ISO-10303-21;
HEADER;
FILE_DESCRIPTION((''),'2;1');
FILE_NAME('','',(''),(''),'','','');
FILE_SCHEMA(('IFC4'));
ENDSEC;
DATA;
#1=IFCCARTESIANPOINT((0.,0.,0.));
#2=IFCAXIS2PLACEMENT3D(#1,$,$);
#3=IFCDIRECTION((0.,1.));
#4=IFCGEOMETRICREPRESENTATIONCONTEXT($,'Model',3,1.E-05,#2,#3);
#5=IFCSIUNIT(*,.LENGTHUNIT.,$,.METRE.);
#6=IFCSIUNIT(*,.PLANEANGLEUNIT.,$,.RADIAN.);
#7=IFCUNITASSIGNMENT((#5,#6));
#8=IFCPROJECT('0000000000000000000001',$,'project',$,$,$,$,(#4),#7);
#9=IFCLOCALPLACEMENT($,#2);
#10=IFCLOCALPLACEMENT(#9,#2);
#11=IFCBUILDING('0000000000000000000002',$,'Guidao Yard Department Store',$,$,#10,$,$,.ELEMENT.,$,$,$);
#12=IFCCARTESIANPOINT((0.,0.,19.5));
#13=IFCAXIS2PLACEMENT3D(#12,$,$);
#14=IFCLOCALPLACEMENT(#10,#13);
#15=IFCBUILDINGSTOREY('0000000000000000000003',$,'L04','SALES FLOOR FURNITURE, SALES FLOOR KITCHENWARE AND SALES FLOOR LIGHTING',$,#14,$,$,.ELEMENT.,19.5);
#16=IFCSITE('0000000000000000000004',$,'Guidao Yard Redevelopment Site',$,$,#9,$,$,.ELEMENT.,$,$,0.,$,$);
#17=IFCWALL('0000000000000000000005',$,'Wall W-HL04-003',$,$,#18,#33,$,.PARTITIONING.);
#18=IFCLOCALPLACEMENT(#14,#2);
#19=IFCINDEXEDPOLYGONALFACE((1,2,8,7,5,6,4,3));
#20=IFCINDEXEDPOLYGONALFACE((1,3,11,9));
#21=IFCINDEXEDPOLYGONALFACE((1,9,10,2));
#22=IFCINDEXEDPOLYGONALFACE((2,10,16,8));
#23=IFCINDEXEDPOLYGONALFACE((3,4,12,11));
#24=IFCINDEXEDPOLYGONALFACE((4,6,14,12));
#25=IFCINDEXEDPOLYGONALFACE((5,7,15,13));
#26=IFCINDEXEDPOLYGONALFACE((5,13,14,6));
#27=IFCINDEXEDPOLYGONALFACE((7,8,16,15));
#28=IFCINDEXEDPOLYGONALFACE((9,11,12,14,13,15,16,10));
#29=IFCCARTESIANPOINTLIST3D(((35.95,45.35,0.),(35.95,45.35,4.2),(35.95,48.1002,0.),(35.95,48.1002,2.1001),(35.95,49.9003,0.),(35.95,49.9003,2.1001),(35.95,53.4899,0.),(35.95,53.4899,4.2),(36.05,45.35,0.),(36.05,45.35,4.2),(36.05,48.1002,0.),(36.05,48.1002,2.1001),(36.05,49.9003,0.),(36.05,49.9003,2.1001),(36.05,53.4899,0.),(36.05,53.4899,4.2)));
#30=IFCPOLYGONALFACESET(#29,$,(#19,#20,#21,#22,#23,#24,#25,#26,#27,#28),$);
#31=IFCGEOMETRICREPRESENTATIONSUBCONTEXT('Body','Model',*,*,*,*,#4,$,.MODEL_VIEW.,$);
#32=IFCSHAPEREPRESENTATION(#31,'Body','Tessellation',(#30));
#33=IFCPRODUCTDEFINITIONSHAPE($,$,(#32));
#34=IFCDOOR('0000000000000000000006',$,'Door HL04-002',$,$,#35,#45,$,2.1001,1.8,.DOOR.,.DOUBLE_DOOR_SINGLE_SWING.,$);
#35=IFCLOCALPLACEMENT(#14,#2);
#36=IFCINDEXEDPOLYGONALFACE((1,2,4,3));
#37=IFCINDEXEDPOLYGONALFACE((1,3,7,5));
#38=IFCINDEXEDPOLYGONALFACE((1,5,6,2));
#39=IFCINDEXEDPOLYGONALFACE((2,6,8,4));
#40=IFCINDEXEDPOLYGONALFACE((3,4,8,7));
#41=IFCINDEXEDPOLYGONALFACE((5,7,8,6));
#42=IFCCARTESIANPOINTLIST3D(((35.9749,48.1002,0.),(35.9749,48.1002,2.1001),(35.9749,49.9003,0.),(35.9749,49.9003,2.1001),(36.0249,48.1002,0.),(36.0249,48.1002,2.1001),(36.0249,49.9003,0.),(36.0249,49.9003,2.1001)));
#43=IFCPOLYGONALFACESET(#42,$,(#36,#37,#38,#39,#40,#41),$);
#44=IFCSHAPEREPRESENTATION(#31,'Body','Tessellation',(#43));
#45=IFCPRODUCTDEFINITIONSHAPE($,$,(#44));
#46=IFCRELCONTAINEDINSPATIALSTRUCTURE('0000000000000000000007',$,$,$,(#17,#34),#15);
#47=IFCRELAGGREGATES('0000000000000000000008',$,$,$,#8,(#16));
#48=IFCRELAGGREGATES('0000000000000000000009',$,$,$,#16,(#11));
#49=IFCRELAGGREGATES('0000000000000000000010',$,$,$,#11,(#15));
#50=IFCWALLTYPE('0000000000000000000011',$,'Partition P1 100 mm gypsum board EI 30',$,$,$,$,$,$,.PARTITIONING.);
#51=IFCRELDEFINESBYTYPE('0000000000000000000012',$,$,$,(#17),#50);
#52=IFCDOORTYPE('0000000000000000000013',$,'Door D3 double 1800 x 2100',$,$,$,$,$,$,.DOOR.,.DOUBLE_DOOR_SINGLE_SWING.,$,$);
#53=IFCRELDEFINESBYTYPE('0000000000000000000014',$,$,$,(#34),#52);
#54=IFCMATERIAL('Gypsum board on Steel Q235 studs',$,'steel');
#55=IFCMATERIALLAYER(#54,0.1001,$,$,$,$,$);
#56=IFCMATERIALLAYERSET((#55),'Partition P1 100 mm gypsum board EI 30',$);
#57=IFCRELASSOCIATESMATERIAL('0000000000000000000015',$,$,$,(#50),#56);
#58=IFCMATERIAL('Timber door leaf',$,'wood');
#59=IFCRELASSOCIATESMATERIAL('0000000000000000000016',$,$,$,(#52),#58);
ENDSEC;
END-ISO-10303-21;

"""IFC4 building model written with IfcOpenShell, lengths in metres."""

from ifc_helpers import new_model, si_unit, direction, frame, frame_2d, origin, place, context, subcontext, project, spatial, rectangle, extrude, material, layer, layer_set, type_object, element, fill, save


model = new_model("IFC4")

# Units and contexts
model_context = context("Model", 3, precision=1e-05, world=origin(), true_north=direction((0.0, 1.0)))
body_context = subcontext(model_context, "Body", "Model", "MODEL_VIEW")
ifc_project = project(units=[si_unit("LENGTHUNIT", "METRE"), si_unit("PLANEANGLEUNIT", "RADIAN")], contexts=[model_context])

# Site, building, storey
site_placement = place(None, origin())
site = spatial("IfcSite", under=ifc_project, at=site_placement, Name="Guidao Yard Redevelopment Site", CompositionType="ELEMENT", RefElevation=0.0)
building_placement = place(site_placement, origin())
building = spatial("IfcBuilding", under=site, at=building_placement, Name="Guidao Yard Department Store", CompositionType="ELEMENT")
storey_placement = place(building_placement, frame((0.0, 0.0, 19.5)))
storey = spatial("IfcBuildingStorey", under=building, at=storey_placement, Name="L04", Description="SALES FLOOR FURNITURE, SALES FLOOR KITCHENWARE AND SALES FLOOR LIGHTING", CompositionType="ELEMENT", Elevation=19.5)

# Shared definitions
ifc_material_1 = material(Name="Gypsum board on Steel Q235 studs", Category="steel")
ifc_layer_1 = layer(ifc_material_1, 0.1001)
ifc_layer_set_1 = layer_set([ifc_layer_1], Name="Partition P1 100 mm gypsum board EI 30")
wall_type = type_object("IfcWallType", Name="Partition P1 100 mm gypsum board EI 30", PredefinedType="PARTITIONING", material=ifc_layer_set_1)

# Wall, opening, door
wall_1_placement = place(storey_placement, frame((36.0, 45.3501, 0.0), z_axis=(0.0, 0.0, 1.0), x_axis=(0.0, 1.0, 0.0)))
wall_1 = element("IfcWall", 1, at=wall_1_placement, inside=storey, type_object=wall_type, Name="Wall W-HL04-003", PredefinedType="PARTITIONING", context=body_context, shape_type="SweptSolid", body=[
    extrude(rectangle(XDim=8.1399, YDim=0.1001, at=frame_2d((4.0698, 0.0))), origin(), (0.0, 0.0, 1.0), 4.2),
])
opening_1_placement = place(wall_1_placement, frame((4.55, 0.0, 0.0), z_axis=(0.0, 0.0, 1.0), x_axis=(-1.0, 0.0, 0.0)))
opening_1 = element("IfcOpeningElement", 2, at=opening_1_placement, cuts=wall_1, PredefinedType="OPENING", context=body_context, shape_type="SweptSolid", body=[
    extrude(rectangle(XDim=1.8, YDim=2.1001, at=frame_2d((0.8999, 1.05))), frame((0.0, 0.0601, 0.0), z_axis=(0.0, -1.0, 0.0), x_axis=(1.0, 0.0, 0.0)), (0.0, 0.0, 1.0), 0.1201),
])
ifc_material_2 = material(Name="Timber door leaf", Category="wood")
door_type_1 = type_object("IfcDoorType", Name="Door D3 double 1800 x 2100", OperationType="DOUBLE_DOOR_SINGLE_SWING", PredefinedType="DOOR", material=ifc_material_2)
door_1_placement = place(opening_1_placement, origin())
door_1 = element("IfcDoor", 3, at=door_1_placement, inside=storey, type_object=door_type_1, Name="Door HL04-002", OperationType="DOUBLE_DOOR_SINGLE_SWING", OverallHeight=2.1001, OverallWidth=1.8, PredefinedType="DOOR", context=body_context, shape_type="SweptSolid", body=[
    extrude(rectangle(XDim=1.8, YDim=2.1001, at=frame_2d((0.8999, 1.05))), frame((0.0, 0.0249, 0.0), z_axis=(0.0, -1.0, 0.0), x_axis=(1.0, 0.0, 0.0)), (0.0, 0.0, 1.0), 0.05),
])
fill(opening_1, door_1)

save(model, "model.ifc")
